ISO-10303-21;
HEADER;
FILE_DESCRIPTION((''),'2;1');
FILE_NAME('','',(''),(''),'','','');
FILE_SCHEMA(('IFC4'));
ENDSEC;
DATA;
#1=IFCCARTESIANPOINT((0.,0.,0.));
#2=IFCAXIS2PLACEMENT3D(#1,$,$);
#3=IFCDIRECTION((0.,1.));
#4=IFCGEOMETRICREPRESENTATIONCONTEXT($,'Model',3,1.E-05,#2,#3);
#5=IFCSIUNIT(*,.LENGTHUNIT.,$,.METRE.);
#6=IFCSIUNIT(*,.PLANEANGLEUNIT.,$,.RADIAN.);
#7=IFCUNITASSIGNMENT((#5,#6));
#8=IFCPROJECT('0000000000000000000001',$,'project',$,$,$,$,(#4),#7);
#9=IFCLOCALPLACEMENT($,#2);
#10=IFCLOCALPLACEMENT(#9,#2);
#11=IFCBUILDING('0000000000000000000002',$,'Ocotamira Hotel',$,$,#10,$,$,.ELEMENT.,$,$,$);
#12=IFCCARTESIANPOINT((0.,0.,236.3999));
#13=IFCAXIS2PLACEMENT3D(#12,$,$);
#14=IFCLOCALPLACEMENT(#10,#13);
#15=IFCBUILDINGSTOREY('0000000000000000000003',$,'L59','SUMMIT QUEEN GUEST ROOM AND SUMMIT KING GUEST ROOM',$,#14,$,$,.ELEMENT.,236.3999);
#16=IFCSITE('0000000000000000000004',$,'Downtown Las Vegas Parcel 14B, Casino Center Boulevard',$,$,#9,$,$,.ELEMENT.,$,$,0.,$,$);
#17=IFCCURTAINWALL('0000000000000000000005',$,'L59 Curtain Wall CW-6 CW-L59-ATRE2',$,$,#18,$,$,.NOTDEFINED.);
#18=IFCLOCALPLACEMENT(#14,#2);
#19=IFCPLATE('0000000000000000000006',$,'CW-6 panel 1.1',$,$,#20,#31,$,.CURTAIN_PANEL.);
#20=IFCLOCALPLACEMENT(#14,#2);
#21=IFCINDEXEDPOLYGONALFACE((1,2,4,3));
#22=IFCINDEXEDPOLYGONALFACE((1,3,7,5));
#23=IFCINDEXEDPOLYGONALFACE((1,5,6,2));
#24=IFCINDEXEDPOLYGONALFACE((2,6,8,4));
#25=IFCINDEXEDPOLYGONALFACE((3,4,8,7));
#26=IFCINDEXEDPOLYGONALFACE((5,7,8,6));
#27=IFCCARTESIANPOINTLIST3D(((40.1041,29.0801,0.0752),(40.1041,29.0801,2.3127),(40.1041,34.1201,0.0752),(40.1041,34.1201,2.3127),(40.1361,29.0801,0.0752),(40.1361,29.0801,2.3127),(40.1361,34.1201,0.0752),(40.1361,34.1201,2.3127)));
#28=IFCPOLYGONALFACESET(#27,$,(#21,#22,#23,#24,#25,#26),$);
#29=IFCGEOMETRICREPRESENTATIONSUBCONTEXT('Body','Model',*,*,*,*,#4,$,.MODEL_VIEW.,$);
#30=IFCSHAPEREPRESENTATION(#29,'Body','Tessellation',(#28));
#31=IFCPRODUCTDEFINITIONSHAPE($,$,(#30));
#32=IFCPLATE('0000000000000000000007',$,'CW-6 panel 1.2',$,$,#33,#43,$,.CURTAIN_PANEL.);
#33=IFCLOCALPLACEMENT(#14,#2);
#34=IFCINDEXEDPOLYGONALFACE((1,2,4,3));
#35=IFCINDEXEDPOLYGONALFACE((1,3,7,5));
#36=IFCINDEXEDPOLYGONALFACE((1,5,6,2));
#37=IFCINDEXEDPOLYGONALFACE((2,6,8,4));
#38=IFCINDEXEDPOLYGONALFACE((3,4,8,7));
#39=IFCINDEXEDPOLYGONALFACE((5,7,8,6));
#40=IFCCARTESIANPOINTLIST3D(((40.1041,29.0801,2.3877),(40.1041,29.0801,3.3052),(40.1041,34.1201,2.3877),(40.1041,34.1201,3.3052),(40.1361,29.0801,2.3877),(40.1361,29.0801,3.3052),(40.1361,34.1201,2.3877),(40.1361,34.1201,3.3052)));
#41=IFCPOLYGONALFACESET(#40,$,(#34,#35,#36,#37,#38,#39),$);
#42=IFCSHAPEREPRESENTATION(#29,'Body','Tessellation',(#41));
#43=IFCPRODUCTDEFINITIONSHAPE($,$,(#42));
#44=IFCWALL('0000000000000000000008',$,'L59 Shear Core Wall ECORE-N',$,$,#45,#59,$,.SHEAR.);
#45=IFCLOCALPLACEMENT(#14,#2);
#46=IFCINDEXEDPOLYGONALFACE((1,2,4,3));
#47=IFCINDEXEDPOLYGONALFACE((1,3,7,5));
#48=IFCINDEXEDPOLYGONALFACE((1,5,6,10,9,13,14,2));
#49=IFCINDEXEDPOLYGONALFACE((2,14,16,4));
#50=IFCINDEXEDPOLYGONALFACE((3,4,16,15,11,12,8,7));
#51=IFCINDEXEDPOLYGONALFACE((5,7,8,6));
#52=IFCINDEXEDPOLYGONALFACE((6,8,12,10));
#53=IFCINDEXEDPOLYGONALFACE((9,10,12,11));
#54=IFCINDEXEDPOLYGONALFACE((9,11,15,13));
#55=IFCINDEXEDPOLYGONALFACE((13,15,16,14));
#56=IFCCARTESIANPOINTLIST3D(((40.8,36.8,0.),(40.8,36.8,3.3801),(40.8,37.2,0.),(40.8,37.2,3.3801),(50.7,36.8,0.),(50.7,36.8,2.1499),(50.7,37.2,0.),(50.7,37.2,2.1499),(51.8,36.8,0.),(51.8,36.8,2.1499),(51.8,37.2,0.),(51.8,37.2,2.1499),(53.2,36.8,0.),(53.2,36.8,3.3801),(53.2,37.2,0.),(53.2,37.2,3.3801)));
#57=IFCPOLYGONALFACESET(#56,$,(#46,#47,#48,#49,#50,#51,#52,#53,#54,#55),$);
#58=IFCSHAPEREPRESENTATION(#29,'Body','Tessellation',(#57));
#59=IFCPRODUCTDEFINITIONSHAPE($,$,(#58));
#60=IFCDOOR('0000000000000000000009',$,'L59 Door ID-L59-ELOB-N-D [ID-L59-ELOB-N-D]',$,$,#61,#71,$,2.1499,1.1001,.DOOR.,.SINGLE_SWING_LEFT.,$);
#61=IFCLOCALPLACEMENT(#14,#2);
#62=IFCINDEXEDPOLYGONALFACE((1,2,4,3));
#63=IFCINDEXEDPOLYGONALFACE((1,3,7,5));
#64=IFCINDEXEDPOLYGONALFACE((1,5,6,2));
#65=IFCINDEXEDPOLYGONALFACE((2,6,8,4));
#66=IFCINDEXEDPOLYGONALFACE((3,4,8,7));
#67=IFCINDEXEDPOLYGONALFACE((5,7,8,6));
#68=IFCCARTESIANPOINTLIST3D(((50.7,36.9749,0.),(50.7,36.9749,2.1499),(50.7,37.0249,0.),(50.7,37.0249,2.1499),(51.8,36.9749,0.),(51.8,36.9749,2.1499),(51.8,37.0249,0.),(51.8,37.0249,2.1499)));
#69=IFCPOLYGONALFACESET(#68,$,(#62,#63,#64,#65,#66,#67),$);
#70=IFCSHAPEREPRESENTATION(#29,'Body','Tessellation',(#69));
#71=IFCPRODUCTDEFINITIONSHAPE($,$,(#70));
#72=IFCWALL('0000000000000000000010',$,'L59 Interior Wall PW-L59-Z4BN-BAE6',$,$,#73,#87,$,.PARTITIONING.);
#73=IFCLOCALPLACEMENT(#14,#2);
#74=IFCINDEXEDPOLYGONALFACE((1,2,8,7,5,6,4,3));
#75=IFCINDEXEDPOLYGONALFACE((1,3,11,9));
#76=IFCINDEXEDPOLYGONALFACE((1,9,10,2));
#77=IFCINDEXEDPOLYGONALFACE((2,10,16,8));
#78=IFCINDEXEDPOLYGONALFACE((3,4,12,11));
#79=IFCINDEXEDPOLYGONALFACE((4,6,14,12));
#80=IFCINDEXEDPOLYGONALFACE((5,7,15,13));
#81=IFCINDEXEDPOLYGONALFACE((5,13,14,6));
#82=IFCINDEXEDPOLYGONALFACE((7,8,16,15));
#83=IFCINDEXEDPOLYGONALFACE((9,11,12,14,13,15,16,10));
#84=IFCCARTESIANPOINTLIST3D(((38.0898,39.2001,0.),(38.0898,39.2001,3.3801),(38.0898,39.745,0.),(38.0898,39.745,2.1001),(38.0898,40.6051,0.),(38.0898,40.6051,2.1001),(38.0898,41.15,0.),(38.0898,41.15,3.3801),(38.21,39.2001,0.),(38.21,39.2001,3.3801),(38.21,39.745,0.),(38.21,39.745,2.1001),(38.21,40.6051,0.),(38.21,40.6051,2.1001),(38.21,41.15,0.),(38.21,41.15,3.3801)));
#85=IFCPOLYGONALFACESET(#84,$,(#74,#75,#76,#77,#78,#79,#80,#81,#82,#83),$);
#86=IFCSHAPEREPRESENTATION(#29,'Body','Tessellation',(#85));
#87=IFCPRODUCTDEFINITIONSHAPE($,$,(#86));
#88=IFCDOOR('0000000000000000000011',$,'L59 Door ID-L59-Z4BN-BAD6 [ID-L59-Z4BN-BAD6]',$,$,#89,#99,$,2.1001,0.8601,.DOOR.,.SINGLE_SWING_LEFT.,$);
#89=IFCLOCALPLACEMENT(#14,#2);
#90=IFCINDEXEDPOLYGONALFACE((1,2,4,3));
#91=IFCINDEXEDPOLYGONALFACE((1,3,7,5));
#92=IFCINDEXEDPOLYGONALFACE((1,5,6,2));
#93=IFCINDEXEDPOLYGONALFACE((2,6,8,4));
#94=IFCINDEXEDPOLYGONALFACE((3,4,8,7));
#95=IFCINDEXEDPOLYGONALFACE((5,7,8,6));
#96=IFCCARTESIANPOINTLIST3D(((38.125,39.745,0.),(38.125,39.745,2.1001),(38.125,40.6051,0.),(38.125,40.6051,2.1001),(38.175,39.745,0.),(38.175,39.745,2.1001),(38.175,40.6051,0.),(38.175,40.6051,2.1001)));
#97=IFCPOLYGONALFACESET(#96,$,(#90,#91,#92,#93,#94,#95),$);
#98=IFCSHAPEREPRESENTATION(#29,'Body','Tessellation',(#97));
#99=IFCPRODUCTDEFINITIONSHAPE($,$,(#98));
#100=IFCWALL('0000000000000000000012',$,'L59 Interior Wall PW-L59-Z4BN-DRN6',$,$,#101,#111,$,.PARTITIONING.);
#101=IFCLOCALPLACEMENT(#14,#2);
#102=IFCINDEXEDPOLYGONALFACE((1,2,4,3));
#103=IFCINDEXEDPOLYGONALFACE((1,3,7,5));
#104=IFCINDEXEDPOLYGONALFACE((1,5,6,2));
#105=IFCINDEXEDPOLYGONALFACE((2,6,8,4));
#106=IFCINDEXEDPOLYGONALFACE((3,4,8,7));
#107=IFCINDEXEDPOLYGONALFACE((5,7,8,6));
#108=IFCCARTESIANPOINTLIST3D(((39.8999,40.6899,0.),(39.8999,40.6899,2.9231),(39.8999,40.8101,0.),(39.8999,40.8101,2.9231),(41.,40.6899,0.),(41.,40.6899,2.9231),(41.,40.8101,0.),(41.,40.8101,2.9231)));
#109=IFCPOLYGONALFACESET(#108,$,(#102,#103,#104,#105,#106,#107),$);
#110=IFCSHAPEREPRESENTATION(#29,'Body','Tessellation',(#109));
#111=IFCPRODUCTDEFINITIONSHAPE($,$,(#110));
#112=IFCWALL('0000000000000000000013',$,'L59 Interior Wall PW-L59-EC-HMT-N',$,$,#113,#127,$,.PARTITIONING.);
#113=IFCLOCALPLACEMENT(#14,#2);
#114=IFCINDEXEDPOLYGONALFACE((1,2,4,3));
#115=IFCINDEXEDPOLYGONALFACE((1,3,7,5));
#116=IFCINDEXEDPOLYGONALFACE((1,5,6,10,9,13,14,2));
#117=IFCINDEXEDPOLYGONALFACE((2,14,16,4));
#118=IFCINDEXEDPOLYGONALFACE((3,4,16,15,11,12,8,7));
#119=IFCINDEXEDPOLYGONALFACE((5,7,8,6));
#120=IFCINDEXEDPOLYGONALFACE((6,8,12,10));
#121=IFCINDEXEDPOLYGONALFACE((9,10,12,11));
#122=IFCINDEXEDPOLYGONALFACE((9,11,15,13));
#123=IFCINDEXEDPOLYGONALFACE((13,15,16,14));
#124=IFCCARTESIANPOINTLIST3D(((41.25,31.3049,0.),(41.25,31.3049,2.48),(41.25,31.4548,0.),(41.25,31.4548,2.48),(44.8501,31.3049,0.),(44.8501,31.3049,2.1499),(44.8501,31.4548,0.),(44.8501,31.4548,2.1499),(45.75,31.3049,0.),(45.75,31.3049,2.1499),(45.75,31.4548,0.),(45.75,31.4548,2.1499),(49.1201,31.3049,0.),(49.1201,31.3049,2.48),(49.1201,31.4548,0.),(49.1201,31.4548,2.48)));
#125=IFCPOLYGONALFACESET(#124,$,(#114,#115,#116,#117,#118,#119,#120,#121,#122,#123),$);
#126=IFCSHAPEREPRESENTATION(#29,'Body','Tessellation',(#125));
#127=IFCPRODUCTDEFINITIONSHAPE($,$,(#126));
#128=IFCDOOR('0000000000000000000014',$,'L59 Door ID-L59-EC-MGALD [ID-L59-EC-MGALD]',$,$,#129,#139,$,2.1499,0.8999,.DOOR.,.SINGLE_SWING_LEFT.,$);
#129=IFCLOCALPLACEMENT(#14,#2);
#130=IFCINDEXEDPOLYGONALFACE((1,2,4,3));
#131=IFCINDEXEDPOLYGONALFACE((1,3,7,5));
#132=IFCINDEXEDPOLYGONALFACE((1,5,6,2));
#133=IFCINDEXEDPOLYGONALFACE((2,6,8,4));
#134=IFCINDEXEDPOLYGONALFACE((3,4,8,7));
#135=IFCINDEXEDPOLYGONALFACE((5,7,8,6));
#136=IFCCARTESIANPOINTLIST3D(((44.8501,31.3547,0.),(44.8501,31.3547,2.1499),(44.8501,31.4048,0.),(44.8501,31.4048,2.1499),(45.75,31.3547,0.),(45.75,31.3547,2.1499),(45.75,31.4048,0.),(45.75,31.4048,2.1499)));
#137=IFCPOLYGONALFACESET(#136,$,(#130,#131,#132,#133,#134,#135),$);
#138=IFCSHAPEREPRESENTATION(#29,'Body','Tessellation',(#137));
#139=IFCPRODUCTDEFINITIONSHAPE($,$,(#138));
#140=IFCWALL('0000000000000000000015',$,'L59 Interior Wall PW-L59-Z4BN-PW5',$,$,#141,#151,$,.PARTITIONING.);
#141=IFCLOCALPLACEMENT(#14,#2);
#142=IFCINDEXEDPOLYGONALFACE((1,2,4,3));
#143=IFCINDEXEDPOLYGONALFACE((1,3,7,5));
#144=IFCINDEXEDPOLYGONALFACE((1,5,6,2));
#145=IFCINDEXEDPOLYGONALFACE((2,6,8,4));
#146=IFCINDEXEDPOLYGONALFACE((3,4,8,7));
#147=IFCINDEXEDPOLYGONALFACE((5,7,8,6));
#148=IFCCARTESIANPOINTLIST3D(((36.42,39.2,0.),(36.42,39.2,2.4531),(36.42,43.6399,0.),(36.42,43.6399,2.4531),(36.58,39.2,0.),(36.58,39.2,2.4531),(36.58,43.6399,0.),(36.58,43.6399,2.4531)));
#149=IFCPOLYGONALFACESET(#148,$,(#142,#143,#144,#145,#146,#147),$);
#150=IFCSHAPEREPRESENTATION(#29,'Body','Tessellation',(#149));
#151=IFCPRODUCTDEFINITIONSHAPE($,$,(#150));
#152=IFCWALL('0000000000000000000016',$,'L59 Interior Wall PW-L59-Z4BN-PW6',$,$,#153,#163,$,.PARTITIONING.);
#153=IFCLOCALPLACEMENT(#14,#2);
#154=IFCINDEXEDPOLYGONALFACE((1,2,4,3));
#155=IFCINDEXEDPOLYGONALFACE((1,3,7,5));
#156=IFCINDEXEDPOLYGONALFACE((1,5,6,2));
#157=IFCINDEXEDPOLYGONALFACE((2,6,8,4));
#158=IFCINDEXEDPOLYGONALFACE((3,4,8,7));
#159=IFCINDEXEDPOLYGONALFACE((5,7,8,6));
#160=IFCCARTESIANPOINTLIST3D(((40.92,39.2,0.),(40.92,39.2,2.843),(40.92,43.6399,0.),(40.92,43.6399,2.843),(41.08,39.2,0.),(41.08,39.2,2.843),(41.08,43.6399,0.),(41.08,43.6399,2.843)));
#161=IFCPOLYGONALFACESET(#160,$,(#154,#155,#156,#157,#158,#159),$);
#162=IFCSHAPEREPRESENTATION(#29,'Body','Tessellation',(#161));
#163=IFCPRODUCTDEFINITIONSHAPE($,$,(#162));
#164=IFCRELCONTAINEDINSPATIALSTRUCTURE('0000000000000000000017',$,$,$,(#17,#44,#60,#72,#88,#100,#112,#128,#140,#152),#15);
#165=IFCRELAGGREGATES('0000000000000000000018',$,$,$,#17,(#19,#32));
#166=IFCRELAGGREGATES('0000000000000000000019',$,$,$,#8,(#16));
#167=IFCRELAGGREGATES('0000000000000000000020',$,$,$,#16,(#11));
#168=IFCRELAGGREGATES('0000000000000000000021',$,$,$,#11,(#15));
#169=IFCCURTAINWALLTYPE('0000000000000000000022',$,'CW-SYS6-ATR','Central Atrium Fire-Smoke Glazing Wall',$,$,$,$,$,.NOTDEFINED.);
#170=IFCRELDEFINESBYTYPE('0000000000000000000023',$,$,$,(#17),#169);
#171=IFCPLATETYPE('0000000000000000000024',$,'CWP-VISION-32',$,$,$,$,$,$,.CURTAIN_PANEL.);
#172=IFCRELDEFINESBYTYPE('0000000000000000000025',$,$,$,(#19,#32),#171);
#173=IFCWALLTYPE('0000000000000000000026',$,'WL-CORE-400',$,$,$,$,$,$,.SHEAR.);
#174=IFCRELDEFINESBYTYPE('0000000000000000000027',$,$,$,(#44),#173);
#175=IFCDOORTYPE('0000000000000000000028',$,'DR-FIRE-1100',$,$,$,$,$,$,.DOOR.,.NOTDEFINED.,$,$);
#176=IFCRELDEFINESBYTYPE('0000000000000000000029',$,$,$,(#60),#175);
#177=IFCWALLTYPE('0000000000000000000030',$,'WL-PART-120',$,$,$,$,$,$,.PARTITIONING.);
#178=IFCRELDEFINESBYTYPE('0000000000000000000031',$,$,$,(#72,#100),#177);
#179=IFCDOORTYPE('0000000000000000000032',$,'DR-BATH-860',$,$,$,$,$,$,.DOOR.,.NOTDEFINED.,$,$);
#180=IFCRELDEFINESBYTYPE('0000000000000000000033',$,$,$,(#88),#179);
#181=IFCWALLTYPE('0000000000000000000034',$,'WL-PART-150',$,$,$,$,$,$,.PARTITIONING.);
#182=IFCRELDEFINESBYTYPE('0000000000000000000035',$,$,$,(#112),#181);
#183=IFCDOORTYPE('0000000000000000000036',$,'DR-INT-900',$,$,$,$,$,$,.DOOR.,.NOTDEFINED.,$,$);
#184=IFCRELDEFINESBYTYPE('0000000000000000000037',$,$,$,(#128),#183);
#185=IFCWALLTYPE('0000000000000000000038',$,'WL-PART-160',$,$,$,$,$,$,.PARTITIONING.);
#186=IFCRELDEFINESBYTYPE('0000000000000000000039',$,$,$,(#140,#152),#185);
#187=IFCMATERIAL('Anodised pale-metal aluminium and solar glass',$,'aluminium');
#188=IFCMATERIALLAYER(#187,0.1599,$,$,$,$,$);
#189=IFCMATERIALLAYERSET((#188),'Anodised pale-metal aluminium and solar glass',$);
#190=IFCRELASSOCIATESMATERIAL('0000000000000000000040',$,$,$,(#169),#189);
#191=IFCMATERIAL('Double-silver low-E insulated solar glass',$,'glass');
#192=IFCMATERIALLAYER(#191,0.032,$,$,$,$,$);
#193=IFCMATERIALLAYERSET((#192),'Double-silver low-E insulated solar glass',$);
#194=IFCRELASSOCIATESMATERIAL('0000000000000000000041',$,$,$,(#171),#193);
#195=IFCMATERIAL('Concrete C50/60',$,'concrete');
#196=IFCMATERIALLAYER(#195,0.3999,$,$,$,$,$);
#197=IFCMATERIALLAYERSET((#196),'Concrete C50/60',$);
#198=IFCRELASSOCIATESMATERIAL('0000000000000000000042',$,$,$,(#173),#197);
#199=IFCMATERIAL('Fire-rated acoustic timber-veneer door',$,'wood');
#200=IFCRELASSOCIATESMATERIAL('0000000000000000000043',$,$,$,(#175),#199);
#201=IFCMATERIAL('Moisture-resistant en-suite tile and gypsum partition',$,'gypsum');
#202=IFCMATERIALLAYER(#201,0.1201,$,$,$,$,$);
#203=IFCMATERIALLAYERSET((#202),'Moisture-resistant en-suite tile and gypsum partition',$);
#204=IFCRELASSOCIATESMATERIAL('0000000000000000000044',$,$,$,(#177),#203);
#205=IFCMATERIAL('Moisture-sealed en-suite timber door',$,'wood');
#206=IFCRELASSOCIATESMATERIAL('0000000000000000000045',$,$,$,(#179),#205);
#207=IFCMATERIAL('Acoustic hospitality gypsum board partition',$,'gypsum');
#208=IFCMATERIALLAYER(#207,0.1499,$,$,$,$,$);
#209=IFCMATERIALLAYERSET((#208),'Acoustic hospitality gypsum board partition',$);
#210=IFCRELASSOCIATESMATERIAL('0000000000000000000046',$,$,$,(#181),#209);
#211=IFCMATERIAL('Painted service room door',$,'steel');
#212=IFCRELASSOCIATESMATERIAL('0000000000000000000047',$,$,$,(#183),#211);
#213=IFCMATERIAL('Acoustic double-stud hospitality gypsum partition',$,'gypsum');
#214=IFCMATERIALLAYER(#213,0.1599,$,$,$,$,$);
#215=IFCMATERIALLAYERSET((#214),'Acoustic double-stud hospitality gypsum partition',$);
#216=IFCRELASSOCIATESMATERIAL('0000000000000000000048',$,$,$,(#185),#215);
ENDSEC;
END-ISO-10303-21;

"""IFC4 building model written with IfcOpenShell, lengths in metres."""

from ifc_helpers import new_model, si_unit, direction, frame, frame_2d, origin, origin_2d, place, context, subcontext, project, spatial, rectangle, extrude, source, transform, mapped, material, layer, layer_set, type_object, element, fill, aggregate, save


model = new_model("IFC4")

# Units and contexts
model_context = context("Model", 3, precision=1e-05, world=origin(), true_north=direction((0.0, 1.0)))
body_context = subcontext(model_context, "Body", "Model", "MODEL_VIEW")
ifc_project = project(units=[si_unit("LENGTHUNIT", "METRE"), si_unit("PLANEANGLEUNIT", "RADIAN")], contexts=[model_context])

# Site, building, storey
site_placement = place(None, origin())
site = spatial("IfcSite", under=ifc_project, at=site_placement, Name="Downtown Las Vegas Parcel 14B, Casino Center Boulevard", CompositionType="ELEMENT", RefElevation=0.0)
building_placement = place(site_placement, origin())
building = spatial("IfcBuilding", under=site, at=building_placement, Name="Ocotamira Hotel", CompositionType="ELEMENT")
storey_placement = place(building_placement, frame((0.0, 0.0, 236.3999)))
storey = spatial("IfcBuildingStorey", under=building, at=storey_placement, Name="L59", Description="SUMMIT QUEEN GUEST ROOM AND SUMMIT KING GUEST ROOM", CompositionType="ELEMENT", Elevation=236.3999)

# Shared definitions
ifc_material_1 = material(Name="Concrete C50/60", Category="concrete")

# Curtain wall, plates
ifc_material_2 = material(Name="Anodised pale-metal aluminium and solar glass", Category="aluminium")
ifc_layer_1 = layer(ifc_material_2, 0.1599)
ifc_layer_set_1 = layer_set([ifc_layer_1], Name="Anodised pale-metal aluminium and solar glass")
curtain_wall_type = type_object("IfcCurtainWallType", Name="CW-SYS6-ATR", Description="Central Atrium Fire-Smoke Glazing Wall", PredefinedType="NOTDEFINED", material=ifc_layer_set_1)
curtain_wall_placement = place(storey_placement, origin())
curtain_wall = element("IfcCurtainWall", 1, at=curtain_wall_placement, inside=storey, type_object=curtain_wall_type, Name="L59 Curtain Wall CW-6 CW-L59-ATRE2", PredefinedType="NOTDEFINED")
ifc_material_3 = material(Name="Double-silver low-E insulated solar glass", Category="glass")
ifc_layer_2 = layer(ifc_material_3, 0.032)
ifc_layer_set_2 = layer_set([ifc_layer_2], Name="Double-silver low-E insulated solar glass")
plate_type = type_object("IfcPlateType", Name="CWP-VISION-32", PredefinedType="CURTAIN_PANEL", material=ifc_layer_set_2)
shared_shape_1 = source(origin(), body_context, "Body", "SweptSolid", [
    extrude(rectangle(XDim=5.04, YDim=0.032, at=origin_2d()), origin(), (0.0, 0.0, 1.0), 2.2375),
])
plate_1_placement = place(storey_placement, frame((40.1201, 31.6001, 0.0752), z_axis=(0.0, 0.0, 1.0), x_axis=(0.0, 1.0, 0.0)))
plate_1 = element("IfcPlate", 2, at=plate_1_placement, type_object=plate_type, Name="CW-6 panel 1.1", PredefinedType="CURTAIN_PANEL", context=body_context, shape_type="MappedRepresentation", body=[
    mapped(shared_shape_1, transform((0.0, 0.0, 0.0), scale=1.0)),
])
shared_shape_2 = source(origin(), body_context, "Body", "SweptSolid", [
    extrude(rectangle(XDim=5.04, YDim=0.032, at=origin_2d()), origin(), (0.0, 0.0, 1.0), 0.9175),
])
plate_2_placement = place(storey_placement, frame((40.1201, 31.6001, 2.3877), z_axis=(0.0, 0.0, 1.0), x_axis=(0.0, 1.0, 0.0)))
plate_2 = element("IfcPlate", 3, at=plate_2_placement, type_object=plate_type, Name="CW-6 panel 1.2", PredefinedType="CURTAIN_PANEL", context=body_context, shape_type="MappedRepresentation", body=[
    mapped(shared_shape_2, transform((0.0, 0.0, 0.0), scale=1.0)),
])
aggregate(curtain_wall, [plate_1, plate_2])

# Walls, openings, doors
ifc_layer_3 = layer(ifc_material_1, 0.3999)
ifc_layer_set_3 = layer_set([ifc_layer_3], Name="Concrete C50/60")
wall_type_1 = type_object("IfcWallType", Name="WL-CORE-400", PredefinedType="SHEAR", material=ifc_layer_set_3)
wall_1_placement = place(storey_placement, frame((40.8, 37.0, 0.0), z_axis=(0.0, 0.0, 1.0), x_axis=(1.0, 0.0, 0.0)))
wall_1 = element("IfcWall", 4, at=wall_1_placement, inside=storey, type_object=wall_type_1, Name="L59 Shear Core Wall ECORE-N", PredefinedType="SHEAR", context=body_context, shape_type="SweptSolid", body=[
    extrude(rectangle(XDim=12.3999, YDim=0.3999, at=frame_2d((6.2, 0.0))), origin(), (0.0, 0.0, 1.0), 3.3801),
])
opening_1_placement = place(wall_1_placement, frame((9.8999, 0.0, 0.0)))
opening_1 = element("IfcOpeningElement", 5, at=opening_1_placement, cuts=wall_1, PredefinedType="OPENING", context=body_context, shape_type="SweptSolid", body=[
    extrude(rectangle(XDim=1.1001, YDim=2.1499, at=frame_2d((0.55, 1.075))), frame((0.0, 0.21, 0.0), z_axis=(0.0, -1.0, 0.0), x_axis=(1.0, 0.0, 0.0)), (0.0, 0.0, 1.0), 0.4199),
])
ifc_material_4 = material(Name="Fire-rated acoustic timber-veneer door", Category="wood")
door_type_1 = type_object("IfcDoorType", Name="DR-FIRE-1100", OperationType="NOTDEFINED", PredefinedType="DOOR", material=ifc_material_4)
shared_shape_3 = source(origin(), body_context, "Body", "SweptSolid", [
    extrude(rectangle(XDim=1.1001, YDim=2.1499, at=frame_2d((0.55, 1.075))), frame((0.0, 0.0249, 0.0), z_axis=(0.0, -1.0, 0.0), x_axis=(1.0, 0.0, 0.0)), (0.0, 0.0, 1.0), 0.05),
])
door_1_placement = place(opening_1_placement, origin())
door_1 = element("IfcDoor", 6, at=door_1_placement, inside=storey, type_object=door_type_1, Name="L59 Door ID-L59-ELOB-N-D [ID-L59-ELOB-N-D]", OperationType="SINGLE_SWING_LEFT", OverallHeight=2.1499, OverallWidth=1.1001, PredefinedType="DOOR", context=body_context, shape_type="MappedRepresentation", body=[
    mapped(shared_shape_3, transform((0.0, 0.0, 0.0), scale=1.0)),
])
fill(opening_1, door_1)
ifc_material_5 = material(Name="Moisture-resistant en-suite tile and gypsum partition", Category="gypsum")
ifc_layer_4 = layer(ifc_material_5, 0.1201)
ifc_layer_set_4 = layer_set([ifc_layer_4], Name="Moisture-resistant en-suite tile and gypsum partition")
wall_type_2 = type_object("IfcWallType", Name="WL-PART-120", PredefinedType="PARTITIONING", material=ifc_layer_set_4)
wall_2_placement = place(storey_placement, frame((38.1499, 39.2, 0.0), z_axis=(0.0, 0.0, 1.0), x_axis=(0.0, 1.0, 0.0)))
wall_2 = element("IfcWall", 7, at=wall_2_placement, inside=storey, type_object=wall_type_2, Name="L59 Interior Wall PW-L59-Z4BN-BAE6", PredefinedType="PARTITIONING", context=body_context, shape_type="SweptSolid", body=[
    extrude(rectangle(XDim=1.95, YDim=0.1201, at=frame_2d((0.9751, 0.0))), origin(), (0.0, 0.0, 1.0), 3.3801),
])
opening_2_placement = place(wall_2_placement, frame((0.5449, 0.0, 0.0)))
opening_2 = element("IfcOpeningElement", 8, at=opening_2_placement, cuts=wall_2, PredefinedType="OPENING", context=body_context, shape_type="SweptSolid", body=[
    extrude(rectangle(XDim=0.8601, YDim=2.1001, at=frame_2d((0.4302, 1.05))), frame((0.0, 0.0701, 0.0), z_axis=(0.0, -1.0, 0.0), x_axis=(1.0, 0.0, 0.0)), (0.0, 0.0, 1.0), 0.1401),
])
ifc_material_6 = material(Name="Moisture-sealed en-suite timber door", Category="wood")
door_type_2 = type_object("IfcDoorType", Name="DR-BATH-860", OperationType="NOTDEFINED", PredefinedType="DOOR", material=ifc_material_6)
shared_shape_4 = source(origin(), body_context, "Body", "SweptSolid", [
    extrude(rectangle(XDim=0.8601, YDim=2.1001, at=frame_2d((0.4302, 1.05))), frame((0.0, 0.0249, 0.0), z_axis=(0.0, -1.0, 0.0), x_axis=(1.0, 0.0, 0.0)), (0.0, 0.0, 1.0), 0.05),
])
door_2_placement = place(opening_2_placement, origin())
door_2 = element("IfcDoor", 9, at=door_2_placement, inside=storey, type_object=door_type_2, Name="L59 Door ID-L59-Z4BN-BAD6 [ID-L59-Z4BN-BAD6]", OperationType="SINGLE_SWING_LEFT", OverallHeight=2.1001, OverallWidth=0.8601, PredefinedType="DOOR", context=body_context, shape_type="MappedRepresentation", body=[
    mapped(shared_shape_4, transform((0.0, 0.0, 0.0), scale=1.0)),
])
fill(opening_2, door_2)

# Wall
wall_3_placement = place(storey_placement, frame((39.8999, 40.75, 0.0), z_axis=(0.0, 0.0, 1.0), x_axis=(1.0, 0.0, 0.0)))
element("IfcWall", 10, at=wall_3_placement, inside=storey, type_object=wall_type_2, Name="L59 Interior Wall PW-L59-Z4BN-DRN6", PredefinedType="PARTITIONING", context=body_context, shape_type="SweptSolid", body=[
    extrude(rectangle(XDim=1.1001, YDim=0.1201, at=frame_2d((0.55, 0.0))), origin(), (0.0, 0.0, 1.0), 2.9231),
])

# Wall, opening, door
ifc_material_7 = material(Name="Acoustic hospitality gypsum board partition", Category="gypsum")
ifc_layer_5 = layer(ifc_material_7, 0.1499)
ifc_layer_set_5 = layer_set([ifc_layer_5], Name="Acoustic hospitality gypsum board partition")
wall_type_3 = type_object("IfcWallType", Name="WL-PART-150", PredefinedType="PARTITIONING", material=ifc_layer_set_5)
wall_4_placement = place(storey_placement, frame((41.25, 31.3799, 0.0), z_axis=(0.0, 0.0, 1.0), x_axis=(1.0, 0.0, 0.0)))
wall_4 = element("IfcWall", 11, at=wall_4_placement, inside=storey, type_object=wall_type_3, Name="L59 Interior Wall PW-L59-EC-HMT-N", PredefinedType="PARTITIONING", context=body_context, shape_type="SweptSolid", body=[
    extrude(rectangle(XDim=7.8701, YDim=0.1499, at=frame_2d((3.9351, 0.0))), origin(), (0.0, 0.0, 1.0), 2.48),
])
opening_3_placement = place(wall_4_placement, frame((3.6001, 0.0, 0.0)))
opening_3 = element("IfcOpeningElement", 12, at=opening_3_placement, cuts=wall_4, PredefinedType="OPENING", context=body_context, shape_type="SweptSolid", body=[
    extrude(rectangle(XDim=0.8999, YDim=2.1499, at=frame_2d((0.45, 1.075))), frame((0.0, 0.085, 0.0), z_axis=(0.0, -1.0, 0.0), x_axis=(1.0, 0.0, 0.0)), (0.0, 0.0, 1.0), 0.1699),
])
ifc_material_8 = material(Name="Painted service room door", Category="steel")
door_type_3 = type_object("IfcDoorType", Name="DR-INT-900", OperationType="NOTDEFINED", PredefinedType="DOOR", material=ifc_material_8)
shared_shape_5 = source(origin(), body_context, "Body", "SweptSolid", [
    extrude(rectangle(XDim=0.8999, YDim=2.1499, at=frame_2d((0.45, 1.075))), frame((0.0, 0.0249, 0.0), z_axis=(0.0, -1.0, 0.0), x_axis=(1.0, 0.0, 0.0)), (0.0, 0.0, 1.0), 0.05),
])
door_3_placement = place(opening_3_placement, origin())
door_3 = element("IfcDoor", 13, at=door_3_placement, inside=storey, type_object=door_type_3, Name="L59 Door ID-L59-EC-MGALD [ID-L59-EC-MGALD]", OperationType="SINGLE_SWING_LEFT", OverallHeight=2.1499, OverallWidth=0.8999, PredefinedType="DOOR", context=body_context, shape_type="MappedRepresentation", body=[
    mapped(shared_shape_5, transform((0.0, 0.0, 0.0), scale=1.0)),
])
fill(opening_3, door_3)

# Walls
ifc_material_9 = material(Name="Acoustic double-stud hospitality gypsum partition", Category="gypsum")
ifc_layer_6 = layer(ifc_material_9, 0.1599)
ifc_layer_set_6 = layer_set([ifc_layer_6], Name="Acoustic double-stud hospitality gypsum partition")
wall_type_4 = type_object("IfcWallType", Name="WL-PART-160", PredefinedType="PARTITIONING", material=ifc_layer_set_6)
wall_5_placement = place(storey_placement, frame((36.5, 39.2, 0.0), z_axis=(0.0, 0.0, 1.0), x_axis=(0.0, 1.0, 0.0)))
element("IfcWall", 14, at=wall_5_placement, inside=storey, type_object=wall_type_4, Name="L59 Interior Wall PW-L59-Z4BN-PW5", PredefinedType="PARTITIONING", context=body_context, shape_type="SweptSolid", body=[
    extrude(rectangle(XDim=4.4399, YDim=0.1599, at=frame_2d((2.22, 0.0))), origin(), (0.0, 0.0, 1.0), 2.4531),
])
wall_6_placement = place(storey_placement, frame((41.0, 39.2, 0.0), z_axis=(0.0, 0.0, 1.0), x_axis=(0.0, 1.0, 0.0)))
element("IfcWall", 15, at=wall_6_placement, inside=storey, type_object=wall_type_4, Name="L59 Interior Wall PW-L59-Z4BN-PW6", PredefinedType="PARTITIONING", context=body_context, shape_type="SweptSolid", body=[
    extrude(rectangle(XDim=4.4399, YDim=0.1599, at=frame_2d((2.22, 0.0))), origin(), (0.0, 0.0, 1.0), 2.843),
])

save(model, "model.ifc")
